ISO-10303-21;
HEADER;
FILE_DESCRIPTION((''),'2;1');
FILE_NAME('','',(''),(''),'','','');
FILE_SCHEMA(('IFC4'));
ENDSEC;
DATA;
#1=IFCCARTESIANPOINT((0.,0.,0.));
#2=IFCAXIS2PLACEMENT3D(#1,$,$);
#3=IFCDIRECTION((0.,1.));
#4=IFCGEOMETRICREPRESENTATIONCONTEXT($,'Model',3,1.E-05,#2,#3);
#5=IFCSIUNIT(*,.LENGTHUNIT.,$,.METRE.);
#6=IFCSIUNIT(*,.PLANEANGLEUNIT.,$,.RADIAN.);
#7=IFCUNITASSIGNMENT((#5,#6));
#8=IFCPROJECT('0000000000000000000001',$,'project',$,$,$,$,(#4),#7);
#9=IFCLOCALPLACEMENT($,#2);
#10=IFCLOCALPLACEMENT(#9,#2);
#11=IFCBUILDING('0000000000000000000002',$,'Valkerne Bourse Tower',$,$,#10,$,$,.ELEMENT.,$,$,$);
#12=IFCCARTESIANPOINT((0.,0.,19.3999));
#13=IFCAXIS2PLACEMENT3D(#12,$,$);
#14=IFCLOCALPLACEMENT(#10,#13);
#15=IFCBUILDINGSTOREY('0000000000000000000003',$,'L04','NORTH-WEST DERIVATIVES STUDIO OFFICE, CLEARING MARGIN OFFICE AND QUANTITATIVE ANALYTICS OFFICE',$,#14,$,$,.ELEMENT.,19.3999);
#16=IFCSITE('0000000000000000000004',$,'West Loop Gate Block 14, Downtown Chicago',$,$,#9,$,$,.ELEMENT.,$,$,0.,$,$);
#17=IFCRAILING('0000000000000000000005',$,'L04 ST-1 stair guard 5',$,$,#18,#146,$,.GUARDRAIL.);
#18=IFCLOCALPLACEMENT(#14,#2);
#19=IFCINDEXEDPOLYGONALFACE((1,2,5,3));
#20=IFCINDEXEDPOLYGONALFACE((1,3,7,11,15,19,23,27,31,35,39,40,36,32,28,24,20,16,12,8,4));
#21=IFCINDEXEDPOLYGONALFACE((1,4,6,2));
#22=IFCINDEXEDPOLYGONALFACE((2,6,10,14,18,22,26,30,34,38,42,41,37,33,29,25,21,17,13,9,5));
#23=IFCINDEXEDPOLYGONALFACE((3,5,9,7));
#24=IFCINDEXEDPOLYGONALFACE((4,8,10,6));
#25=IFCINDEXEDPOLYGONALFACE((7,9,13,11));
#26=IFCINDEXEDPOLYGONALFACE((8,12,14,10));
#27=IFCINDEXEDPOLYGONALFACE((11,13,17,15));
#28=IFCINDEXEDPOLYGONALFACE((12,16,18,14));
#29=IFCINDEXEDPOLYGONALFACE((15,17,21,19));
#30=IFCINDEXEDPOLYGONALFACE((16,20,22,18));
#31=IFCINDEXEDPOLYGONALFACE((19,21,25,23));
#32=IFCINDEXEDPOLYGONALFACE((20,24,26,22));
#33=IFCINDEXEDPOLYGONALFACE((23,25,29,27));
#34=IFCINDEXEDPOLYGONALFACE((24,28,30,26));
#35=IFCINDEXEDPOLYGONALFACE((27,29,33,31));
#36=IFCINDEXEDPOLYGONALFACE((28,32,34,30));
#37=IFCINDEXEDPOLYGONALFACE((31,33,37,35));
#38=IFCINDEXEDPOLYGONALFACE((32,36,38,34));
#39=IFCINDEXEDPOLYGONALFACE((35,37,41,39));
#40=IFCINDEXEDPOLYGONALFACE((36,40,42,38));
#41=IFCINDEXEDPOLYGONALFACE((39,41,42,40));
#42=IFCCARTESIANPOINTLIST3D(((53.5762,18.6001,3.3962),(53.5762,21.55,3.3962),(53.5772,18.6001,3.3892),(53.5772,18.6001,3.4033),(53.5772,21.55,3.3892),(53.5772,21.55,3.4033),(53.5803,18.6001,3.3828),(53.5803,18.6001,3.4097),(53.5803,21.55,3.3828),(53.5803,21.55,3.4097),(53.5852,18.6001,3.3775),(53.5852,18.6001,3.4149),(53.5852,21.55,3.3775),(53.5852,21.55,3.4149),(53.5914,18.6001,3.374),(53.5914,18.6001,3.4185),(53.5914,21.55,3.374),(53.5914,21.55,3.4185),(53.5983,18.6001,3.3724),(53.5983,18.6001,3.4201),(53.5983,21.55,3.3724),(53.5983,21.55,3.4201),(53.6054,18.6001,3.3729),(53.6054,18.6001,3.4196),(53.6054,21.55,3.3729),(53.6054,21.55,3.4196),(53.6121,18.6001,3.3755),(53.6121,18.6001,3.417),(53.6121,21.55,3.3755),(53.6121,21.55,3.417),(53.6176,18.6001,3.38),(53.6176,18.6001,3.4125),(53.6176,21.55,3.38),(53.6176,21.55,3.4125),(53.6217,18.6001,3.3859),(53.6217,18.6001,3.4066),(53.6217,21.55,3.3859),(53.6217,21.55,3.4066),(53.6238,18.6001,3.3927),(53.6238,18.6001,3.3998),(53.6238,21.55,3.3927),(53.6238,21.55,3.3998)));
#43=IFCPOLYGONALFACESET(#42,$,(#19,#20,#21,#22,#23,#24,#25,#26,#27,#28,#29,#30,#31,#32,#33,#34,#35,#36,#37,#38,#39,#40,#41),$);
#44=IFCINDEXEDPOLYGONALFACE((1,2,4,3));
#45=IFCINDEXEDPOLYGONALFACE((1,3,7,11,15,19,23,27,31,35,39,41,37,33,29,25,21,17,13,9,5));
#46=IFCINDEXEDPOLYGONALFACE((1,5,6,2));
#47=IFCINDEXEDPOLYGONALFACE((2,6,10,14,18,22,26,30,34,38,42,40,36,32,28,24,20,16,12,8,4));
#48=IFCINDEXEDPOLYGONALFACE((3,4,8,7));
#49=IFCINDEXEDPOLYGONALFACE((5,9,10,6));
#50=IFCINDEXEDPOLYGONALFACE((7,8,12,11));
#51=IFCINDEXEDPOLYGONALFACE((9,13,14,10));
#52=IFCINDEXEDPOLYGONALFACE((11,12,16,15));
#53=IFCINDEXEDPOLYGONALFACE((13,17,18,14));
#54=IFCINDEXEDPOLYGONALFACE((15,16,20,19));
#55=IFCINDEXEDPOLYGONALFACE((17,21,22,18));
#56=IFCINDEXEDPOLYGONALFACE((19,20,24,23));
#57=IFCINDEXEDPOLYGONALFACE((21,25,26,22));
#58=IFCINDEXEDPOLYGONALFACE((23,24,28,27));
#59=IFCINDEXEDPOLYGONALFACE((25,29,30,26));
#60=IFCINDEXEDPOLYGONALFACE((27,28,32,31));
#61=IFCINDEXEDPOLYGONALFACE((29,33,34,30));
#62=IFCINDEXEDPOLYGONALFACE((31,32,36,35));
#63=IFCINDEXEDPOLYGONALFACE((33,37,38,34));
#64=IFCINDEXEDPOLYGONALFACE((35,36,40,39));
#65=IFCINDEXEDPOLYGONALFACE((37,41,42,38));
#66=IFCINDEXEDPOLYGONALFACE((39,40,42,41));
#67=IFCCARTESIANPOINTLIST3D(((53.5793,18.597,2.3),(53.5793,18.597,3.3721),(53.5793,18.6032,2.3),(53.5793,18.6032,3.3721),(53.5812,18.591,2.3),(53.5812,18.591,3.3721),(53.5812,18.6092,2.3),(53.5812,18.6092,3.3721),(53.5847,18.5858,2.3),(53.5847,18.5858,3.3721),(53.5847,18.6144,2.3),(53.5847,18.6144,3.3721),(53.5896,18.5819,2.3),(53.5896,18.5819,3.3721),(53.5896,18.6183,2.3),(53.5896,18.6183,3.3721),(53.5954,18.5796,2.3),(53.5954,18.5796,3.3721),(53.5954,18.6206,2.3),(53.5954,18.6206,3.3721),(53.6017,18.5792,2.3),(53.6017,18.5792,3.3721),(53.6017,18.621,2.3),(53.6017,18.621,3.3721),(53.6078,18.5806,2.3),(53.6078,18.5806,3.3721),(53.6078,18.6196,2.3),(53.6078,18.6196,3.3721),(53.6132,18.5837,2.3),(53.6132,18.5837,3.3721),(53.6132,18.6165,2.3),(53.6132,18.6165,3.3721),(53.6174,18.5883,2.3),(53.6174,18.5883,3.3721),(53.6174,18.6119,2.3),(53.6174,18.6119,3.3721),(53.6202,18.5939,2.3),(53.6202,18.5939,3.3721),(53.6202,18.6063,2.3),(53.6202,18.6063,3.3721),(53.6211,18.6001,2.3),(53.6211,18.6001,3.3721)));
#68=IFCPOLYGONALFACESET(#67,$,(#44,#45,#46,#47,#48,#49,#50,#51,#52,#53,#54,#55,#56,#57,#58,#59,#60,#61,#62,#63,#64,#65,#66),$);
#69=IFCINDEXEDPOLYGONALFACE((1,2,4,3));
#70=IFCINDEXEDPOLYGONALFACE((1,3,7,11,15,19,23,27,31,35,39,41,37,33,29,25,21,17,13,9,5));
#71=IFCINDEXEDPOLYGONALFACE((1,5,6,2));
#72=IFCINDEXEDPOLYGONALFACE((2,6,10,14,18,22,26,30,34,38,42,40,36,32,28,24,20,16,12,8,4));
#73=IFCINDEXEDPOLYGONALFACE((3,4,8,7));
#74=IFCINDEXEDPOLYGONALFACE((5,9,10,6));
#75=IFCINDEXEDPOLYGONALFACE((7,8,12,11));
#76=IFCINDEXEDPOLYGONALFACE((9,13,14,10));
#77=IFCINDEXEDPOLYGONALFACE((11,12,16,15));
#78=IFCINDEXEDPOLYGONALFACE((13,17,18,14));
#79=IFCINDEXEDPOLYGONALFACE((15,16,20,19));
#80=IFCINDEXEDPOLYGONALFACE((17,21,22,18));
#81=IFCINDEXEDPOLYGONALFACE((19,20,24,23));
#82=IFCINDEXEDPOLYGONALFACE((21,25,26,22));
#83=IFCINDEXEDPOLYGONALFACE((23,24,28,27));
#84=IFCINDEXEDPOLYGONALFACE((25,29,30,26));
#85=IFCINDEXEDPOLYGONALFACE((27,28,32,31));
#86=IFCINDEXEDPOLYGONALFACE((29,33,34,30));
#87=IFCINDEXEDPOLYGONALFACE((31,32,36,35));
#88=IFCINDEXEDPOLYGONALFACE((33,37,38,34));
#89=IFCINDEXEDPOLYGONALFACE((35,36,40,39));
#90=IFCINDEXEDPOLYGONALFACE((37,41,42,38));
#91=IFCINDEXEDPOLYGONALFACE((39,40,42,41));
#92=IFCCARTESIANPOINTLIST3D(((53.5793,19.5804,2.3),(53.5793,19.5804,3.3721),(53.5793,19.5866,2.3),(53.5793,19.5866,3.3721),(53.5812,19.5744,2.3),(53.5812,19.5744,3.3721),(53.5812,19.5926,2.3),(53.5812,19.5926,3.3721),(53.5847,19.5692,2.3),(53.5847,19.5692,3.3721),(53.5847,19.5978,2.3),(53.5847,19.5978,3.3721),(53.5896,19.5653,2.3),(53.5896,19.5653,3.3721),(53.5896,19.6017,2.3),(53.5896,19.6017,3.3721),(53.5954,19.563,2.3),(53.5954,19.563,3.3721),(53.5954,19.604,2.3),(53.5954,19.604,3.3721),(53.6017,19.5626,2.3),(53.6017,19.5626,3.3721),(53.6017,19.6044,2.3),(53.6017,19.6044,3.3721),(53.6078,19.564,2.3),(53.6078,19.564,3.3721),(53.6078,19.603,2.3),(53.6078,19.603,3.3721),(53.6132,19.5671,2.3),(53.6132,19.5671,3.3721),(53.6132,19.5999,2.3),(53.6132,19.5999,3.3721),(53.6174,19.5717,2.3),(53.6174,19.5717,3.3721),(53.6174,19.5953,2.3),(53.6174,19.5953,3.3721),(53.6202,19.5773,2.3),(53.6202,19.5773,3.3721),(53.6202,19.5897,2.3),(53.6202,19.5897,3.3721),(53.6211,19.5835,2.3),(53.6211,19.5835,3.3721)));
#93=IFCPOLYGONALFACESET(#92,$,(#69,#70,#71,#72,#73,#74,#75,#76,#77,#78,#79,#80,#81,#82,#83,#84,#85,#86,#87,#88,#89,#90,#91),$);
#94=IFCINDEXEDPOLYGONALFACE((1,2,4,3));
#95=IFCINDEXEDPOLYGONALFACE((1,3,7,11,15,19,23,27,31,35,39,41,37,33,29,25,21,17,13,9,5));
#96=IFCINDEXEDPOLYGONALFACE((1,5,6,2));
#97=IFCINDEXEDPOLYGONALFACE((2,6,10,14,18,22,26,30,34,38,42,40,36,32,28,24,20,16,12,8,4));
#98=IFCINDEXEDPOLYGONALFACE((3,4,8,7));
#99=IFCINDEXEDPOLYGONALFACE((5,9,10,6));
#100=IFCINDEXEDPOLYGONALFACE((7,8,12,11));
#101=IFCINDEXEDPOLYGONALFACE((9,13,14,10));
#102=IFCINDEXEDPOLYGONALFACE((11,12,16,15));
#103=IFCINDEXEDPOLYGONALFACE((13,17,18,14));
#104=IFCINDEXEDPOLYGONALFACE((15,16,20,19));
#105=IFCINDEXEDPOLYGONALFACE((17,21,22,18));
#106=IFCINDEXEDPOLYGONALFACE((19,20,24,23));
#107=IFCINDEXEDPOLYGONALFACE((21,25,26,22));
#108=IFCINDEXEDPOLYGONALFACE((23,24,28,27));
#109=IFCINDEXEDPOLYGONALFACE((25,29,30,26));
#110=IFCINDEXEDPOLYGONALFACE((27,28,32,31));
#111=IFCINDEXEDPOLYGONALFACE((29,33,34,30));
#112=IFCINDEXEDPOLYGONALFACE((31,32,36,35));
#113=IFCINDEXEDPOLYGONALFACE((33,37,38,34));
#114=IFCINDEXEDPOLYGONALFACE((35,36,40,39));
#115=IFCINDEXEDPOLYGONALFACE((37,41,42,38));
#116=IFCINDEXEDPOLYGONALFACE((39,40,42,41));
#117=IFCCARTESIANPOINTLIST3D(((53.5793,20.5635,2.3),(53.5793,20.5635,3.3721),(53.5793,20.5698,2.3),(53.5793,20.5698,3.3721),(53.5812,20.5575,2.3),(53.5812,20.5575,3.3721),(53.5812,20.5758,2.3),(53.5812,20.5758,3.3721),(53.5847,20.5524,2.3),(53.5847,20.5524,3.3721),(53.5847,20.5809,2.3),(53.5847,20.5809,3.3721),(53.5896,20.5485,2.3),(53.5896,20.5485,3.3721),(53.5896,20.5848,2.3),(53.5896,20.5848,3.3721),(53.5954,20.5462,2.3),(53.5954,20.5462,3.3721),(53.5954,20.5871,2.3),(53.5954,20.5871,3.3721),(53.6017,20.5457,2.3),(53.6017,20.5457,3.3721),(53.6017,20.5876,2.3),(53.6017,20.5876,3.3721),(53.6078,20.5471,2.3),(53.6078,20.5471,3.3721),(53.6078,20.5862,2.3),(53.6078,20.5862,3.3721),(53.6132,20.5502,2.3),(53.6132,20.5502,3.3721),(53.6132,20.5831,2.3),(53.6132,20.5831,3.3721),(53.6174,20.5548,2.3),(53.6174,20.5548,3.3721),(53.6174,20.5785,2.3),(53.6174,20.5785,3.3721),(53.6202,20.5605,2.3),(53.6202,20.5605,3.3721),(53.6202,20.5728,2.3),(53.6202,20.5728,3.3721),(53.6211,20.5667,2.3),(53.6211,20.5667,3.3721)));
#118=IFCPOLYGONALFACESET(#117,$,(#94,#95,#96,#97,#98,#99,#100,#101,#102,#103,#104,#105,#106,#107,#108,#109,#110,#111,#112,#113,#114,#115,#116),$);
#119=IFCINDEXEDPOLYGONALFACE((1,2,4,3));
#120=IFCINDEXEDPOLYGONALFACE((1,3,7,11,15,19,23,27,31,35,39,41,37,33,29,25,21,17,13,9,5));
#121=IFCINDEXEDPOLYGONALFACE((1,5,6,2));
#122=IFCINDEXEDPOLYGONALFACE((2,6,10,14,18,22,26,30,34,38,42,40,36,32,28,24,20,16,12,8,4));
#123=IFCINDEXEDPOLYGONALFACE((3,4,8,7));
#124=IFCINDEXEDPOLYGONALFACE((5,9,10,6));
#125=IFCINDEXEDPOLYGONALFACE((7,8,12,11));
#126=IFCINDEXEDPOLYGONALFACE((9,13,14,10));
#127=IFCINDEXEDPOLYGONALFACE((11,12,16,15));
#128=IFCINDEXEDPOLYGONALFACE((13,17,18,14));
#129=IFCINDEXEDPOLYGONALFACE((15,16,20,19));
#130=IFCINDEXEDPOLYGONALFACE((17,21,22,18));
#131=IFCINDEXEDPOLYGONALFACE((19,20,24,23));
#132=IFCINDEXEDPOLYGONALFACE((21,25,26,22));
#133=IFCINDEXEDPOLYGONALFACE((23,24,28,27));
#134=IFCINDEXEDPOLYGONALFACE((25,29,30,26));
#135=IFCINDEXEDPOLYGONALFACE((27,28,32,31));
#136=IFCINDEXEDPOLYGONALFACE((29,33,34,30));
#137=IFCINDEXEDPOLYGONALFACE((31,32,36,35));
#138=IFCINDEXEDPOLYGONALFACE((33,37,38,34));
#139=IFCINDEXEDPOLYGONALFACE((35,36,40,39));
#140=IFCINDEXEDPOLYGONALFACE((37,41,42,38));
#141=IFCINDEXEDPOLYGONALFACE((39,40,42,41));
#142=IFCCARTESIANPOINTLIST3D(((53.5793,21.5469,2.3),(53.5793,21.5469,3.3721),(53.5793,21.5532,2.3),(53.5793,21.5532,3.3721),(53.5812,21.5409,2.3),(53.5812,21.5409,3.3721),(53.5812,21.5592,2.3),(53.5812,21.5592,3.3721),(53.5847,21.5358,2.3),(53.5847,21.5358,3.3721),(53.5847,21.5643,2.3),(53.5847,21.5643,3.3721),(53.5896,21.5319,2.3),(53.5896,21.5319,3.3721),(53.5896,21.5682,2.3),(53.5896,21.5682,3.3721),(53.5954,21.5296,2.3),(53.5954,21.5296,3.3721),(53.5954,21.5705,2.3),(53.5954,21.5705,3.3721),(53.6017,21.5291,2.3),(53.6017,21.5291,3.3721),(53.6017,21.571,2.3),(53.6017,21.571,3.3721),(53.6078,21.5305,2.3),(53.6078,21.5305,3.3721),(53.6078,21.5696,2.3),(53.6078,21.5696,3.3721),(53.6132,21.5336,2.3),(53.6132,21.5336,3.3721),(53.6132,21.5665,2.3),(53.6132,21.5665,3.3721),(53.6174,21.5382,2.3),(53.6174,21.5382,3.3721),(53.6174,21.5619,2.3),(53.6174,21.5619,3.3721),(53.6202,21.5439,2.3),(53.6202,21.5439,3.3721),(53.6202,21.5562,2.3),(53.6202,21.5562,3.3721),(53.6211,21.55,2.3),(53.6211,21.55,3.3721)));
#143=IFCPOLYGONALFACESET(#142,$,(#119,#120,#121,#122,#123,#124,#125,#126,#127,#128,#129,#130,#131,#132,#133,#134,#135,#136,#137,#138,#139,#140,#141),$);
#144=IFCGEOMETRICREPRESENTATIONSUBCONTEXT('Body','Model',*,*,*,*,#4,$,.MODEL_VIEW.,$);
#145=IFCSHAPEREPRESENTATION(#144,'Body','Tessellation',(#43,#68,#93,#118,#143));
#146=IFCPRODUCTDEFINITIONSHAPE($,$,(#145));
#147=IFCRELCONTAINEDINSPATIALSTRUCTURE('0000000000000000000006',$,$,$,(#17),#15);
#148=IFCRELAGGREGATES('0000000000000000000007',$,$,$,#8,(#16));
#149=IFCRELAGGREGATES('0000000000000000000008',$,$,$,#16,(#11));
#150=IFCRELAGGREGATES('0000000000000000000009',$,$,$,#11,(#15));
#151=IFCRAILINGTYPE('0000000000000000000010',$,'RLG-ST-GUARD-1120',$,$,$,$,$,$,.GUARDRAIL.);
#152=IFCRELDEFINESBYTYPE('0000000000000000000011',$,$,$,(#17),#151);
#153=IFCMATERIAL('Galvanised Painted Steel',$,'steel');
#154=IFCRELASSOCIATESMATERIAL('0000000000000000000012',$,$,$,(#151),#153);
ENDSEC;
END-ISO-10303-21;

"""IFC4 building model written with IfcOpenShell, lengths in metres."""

from ifc_helpers import new_model, si_unit, direction, frame, origin, origin_2d, place, context, subcontext, project, spatial, circle, extrude, material, type_object, element, save


model = new_model("IFC4")

# Units and contexts
model_context = context("Model", 3, precision=1e-05, world=origin(), true_north=direction((0.0, 1.0)))
body_context = subcontext(model_context, "Body", "Model", "MODEL_VIEW")
ifc_project = project(units=[si_unit("LENGTHUNIT", "METRE"), si_unit("PLANEANGLEUNIT", "RADIAN")], contexts=[model_context])

# Site, building, storey
site_placement = place(None, origin())
site = spatial("IfcSite", under=ifc_project, at=site_placement, Name="West Loop Gate Block 14, Downtown Chicago", CompositionType="ELEMENT", RefElevation=0.0)
building_placement = place(site_placement, origin())
building = spatial("IfcBuilding", under=site, at=building_placement, Name="Valkerne Bourse Tower", CompositionType="ELEMENT")
storey_placement = place(building_placement, frame((0.0, 0.0, 19.3999)))
storey = spatial("IfcBuildingStorey", under=building, at=storey_placement, Name="L04", Description="NORTH-WEST DERIVATIVES STUDIO OFFICE, CLEARING MARGIN OFFICE AND QUANTITATIVE ANALYTICS OFFICE", CompositionType="ELEMENT", Elevation=19.3999)

# Shared definitions
ifc_material_1 = material(Name="Galvanised Painted Steel", Category="steel")

# Railing
railing_type_1 = type_object("IfcRailingType", Name="RLG-ST-GUARD-1120", PredefinedType="GUARDRAIL", material=ifc_material_1)
railing_1_placement = place(storey_placement, frame((53.6001, 18.6001, 2.3)))
element("IfcRailing", 1, at=railing_1_placement, inside=storey, type_object=railing_type_1, Name="L04 ST-1 stair guard 5", PredefinedType="GUARDRAIL", context=body_context, shape_type="SweptSolid", body=[
    extrude(circle(Radius=0.0239, at=origin_2d()), frame((0.0, 0.0, 1.0962), z_axis=(0.0, 1.0, 0.0), x_axis=(-1.0, 0.0, 0.0)), (0.0, 0.0, 1.0), 2.95),
    extrude(circle(Radius=0.021, at=origin_2d()), origin(), (0.0, 0.0, 1.0), 1.072),
    extrude(circle(Radius=0.021, at=origin_2d()), frame((0.0, 0.9834, 0.0)), (0.0, 0.0, 1.0), 1.072),
    extrude(circle(Radius=0.021, at=origin_2d()), frame((0.0, 1.9666, 0.0)), (0.0, 0.0, 1.0), 1.072),
    extrude(circle(Radius=0.021, at=origin_2d()), frame((0.0, 2.95, 0.0)), (0.0, 0.0, 1.0), 1.072),
])

save(model, "model.ifc")
